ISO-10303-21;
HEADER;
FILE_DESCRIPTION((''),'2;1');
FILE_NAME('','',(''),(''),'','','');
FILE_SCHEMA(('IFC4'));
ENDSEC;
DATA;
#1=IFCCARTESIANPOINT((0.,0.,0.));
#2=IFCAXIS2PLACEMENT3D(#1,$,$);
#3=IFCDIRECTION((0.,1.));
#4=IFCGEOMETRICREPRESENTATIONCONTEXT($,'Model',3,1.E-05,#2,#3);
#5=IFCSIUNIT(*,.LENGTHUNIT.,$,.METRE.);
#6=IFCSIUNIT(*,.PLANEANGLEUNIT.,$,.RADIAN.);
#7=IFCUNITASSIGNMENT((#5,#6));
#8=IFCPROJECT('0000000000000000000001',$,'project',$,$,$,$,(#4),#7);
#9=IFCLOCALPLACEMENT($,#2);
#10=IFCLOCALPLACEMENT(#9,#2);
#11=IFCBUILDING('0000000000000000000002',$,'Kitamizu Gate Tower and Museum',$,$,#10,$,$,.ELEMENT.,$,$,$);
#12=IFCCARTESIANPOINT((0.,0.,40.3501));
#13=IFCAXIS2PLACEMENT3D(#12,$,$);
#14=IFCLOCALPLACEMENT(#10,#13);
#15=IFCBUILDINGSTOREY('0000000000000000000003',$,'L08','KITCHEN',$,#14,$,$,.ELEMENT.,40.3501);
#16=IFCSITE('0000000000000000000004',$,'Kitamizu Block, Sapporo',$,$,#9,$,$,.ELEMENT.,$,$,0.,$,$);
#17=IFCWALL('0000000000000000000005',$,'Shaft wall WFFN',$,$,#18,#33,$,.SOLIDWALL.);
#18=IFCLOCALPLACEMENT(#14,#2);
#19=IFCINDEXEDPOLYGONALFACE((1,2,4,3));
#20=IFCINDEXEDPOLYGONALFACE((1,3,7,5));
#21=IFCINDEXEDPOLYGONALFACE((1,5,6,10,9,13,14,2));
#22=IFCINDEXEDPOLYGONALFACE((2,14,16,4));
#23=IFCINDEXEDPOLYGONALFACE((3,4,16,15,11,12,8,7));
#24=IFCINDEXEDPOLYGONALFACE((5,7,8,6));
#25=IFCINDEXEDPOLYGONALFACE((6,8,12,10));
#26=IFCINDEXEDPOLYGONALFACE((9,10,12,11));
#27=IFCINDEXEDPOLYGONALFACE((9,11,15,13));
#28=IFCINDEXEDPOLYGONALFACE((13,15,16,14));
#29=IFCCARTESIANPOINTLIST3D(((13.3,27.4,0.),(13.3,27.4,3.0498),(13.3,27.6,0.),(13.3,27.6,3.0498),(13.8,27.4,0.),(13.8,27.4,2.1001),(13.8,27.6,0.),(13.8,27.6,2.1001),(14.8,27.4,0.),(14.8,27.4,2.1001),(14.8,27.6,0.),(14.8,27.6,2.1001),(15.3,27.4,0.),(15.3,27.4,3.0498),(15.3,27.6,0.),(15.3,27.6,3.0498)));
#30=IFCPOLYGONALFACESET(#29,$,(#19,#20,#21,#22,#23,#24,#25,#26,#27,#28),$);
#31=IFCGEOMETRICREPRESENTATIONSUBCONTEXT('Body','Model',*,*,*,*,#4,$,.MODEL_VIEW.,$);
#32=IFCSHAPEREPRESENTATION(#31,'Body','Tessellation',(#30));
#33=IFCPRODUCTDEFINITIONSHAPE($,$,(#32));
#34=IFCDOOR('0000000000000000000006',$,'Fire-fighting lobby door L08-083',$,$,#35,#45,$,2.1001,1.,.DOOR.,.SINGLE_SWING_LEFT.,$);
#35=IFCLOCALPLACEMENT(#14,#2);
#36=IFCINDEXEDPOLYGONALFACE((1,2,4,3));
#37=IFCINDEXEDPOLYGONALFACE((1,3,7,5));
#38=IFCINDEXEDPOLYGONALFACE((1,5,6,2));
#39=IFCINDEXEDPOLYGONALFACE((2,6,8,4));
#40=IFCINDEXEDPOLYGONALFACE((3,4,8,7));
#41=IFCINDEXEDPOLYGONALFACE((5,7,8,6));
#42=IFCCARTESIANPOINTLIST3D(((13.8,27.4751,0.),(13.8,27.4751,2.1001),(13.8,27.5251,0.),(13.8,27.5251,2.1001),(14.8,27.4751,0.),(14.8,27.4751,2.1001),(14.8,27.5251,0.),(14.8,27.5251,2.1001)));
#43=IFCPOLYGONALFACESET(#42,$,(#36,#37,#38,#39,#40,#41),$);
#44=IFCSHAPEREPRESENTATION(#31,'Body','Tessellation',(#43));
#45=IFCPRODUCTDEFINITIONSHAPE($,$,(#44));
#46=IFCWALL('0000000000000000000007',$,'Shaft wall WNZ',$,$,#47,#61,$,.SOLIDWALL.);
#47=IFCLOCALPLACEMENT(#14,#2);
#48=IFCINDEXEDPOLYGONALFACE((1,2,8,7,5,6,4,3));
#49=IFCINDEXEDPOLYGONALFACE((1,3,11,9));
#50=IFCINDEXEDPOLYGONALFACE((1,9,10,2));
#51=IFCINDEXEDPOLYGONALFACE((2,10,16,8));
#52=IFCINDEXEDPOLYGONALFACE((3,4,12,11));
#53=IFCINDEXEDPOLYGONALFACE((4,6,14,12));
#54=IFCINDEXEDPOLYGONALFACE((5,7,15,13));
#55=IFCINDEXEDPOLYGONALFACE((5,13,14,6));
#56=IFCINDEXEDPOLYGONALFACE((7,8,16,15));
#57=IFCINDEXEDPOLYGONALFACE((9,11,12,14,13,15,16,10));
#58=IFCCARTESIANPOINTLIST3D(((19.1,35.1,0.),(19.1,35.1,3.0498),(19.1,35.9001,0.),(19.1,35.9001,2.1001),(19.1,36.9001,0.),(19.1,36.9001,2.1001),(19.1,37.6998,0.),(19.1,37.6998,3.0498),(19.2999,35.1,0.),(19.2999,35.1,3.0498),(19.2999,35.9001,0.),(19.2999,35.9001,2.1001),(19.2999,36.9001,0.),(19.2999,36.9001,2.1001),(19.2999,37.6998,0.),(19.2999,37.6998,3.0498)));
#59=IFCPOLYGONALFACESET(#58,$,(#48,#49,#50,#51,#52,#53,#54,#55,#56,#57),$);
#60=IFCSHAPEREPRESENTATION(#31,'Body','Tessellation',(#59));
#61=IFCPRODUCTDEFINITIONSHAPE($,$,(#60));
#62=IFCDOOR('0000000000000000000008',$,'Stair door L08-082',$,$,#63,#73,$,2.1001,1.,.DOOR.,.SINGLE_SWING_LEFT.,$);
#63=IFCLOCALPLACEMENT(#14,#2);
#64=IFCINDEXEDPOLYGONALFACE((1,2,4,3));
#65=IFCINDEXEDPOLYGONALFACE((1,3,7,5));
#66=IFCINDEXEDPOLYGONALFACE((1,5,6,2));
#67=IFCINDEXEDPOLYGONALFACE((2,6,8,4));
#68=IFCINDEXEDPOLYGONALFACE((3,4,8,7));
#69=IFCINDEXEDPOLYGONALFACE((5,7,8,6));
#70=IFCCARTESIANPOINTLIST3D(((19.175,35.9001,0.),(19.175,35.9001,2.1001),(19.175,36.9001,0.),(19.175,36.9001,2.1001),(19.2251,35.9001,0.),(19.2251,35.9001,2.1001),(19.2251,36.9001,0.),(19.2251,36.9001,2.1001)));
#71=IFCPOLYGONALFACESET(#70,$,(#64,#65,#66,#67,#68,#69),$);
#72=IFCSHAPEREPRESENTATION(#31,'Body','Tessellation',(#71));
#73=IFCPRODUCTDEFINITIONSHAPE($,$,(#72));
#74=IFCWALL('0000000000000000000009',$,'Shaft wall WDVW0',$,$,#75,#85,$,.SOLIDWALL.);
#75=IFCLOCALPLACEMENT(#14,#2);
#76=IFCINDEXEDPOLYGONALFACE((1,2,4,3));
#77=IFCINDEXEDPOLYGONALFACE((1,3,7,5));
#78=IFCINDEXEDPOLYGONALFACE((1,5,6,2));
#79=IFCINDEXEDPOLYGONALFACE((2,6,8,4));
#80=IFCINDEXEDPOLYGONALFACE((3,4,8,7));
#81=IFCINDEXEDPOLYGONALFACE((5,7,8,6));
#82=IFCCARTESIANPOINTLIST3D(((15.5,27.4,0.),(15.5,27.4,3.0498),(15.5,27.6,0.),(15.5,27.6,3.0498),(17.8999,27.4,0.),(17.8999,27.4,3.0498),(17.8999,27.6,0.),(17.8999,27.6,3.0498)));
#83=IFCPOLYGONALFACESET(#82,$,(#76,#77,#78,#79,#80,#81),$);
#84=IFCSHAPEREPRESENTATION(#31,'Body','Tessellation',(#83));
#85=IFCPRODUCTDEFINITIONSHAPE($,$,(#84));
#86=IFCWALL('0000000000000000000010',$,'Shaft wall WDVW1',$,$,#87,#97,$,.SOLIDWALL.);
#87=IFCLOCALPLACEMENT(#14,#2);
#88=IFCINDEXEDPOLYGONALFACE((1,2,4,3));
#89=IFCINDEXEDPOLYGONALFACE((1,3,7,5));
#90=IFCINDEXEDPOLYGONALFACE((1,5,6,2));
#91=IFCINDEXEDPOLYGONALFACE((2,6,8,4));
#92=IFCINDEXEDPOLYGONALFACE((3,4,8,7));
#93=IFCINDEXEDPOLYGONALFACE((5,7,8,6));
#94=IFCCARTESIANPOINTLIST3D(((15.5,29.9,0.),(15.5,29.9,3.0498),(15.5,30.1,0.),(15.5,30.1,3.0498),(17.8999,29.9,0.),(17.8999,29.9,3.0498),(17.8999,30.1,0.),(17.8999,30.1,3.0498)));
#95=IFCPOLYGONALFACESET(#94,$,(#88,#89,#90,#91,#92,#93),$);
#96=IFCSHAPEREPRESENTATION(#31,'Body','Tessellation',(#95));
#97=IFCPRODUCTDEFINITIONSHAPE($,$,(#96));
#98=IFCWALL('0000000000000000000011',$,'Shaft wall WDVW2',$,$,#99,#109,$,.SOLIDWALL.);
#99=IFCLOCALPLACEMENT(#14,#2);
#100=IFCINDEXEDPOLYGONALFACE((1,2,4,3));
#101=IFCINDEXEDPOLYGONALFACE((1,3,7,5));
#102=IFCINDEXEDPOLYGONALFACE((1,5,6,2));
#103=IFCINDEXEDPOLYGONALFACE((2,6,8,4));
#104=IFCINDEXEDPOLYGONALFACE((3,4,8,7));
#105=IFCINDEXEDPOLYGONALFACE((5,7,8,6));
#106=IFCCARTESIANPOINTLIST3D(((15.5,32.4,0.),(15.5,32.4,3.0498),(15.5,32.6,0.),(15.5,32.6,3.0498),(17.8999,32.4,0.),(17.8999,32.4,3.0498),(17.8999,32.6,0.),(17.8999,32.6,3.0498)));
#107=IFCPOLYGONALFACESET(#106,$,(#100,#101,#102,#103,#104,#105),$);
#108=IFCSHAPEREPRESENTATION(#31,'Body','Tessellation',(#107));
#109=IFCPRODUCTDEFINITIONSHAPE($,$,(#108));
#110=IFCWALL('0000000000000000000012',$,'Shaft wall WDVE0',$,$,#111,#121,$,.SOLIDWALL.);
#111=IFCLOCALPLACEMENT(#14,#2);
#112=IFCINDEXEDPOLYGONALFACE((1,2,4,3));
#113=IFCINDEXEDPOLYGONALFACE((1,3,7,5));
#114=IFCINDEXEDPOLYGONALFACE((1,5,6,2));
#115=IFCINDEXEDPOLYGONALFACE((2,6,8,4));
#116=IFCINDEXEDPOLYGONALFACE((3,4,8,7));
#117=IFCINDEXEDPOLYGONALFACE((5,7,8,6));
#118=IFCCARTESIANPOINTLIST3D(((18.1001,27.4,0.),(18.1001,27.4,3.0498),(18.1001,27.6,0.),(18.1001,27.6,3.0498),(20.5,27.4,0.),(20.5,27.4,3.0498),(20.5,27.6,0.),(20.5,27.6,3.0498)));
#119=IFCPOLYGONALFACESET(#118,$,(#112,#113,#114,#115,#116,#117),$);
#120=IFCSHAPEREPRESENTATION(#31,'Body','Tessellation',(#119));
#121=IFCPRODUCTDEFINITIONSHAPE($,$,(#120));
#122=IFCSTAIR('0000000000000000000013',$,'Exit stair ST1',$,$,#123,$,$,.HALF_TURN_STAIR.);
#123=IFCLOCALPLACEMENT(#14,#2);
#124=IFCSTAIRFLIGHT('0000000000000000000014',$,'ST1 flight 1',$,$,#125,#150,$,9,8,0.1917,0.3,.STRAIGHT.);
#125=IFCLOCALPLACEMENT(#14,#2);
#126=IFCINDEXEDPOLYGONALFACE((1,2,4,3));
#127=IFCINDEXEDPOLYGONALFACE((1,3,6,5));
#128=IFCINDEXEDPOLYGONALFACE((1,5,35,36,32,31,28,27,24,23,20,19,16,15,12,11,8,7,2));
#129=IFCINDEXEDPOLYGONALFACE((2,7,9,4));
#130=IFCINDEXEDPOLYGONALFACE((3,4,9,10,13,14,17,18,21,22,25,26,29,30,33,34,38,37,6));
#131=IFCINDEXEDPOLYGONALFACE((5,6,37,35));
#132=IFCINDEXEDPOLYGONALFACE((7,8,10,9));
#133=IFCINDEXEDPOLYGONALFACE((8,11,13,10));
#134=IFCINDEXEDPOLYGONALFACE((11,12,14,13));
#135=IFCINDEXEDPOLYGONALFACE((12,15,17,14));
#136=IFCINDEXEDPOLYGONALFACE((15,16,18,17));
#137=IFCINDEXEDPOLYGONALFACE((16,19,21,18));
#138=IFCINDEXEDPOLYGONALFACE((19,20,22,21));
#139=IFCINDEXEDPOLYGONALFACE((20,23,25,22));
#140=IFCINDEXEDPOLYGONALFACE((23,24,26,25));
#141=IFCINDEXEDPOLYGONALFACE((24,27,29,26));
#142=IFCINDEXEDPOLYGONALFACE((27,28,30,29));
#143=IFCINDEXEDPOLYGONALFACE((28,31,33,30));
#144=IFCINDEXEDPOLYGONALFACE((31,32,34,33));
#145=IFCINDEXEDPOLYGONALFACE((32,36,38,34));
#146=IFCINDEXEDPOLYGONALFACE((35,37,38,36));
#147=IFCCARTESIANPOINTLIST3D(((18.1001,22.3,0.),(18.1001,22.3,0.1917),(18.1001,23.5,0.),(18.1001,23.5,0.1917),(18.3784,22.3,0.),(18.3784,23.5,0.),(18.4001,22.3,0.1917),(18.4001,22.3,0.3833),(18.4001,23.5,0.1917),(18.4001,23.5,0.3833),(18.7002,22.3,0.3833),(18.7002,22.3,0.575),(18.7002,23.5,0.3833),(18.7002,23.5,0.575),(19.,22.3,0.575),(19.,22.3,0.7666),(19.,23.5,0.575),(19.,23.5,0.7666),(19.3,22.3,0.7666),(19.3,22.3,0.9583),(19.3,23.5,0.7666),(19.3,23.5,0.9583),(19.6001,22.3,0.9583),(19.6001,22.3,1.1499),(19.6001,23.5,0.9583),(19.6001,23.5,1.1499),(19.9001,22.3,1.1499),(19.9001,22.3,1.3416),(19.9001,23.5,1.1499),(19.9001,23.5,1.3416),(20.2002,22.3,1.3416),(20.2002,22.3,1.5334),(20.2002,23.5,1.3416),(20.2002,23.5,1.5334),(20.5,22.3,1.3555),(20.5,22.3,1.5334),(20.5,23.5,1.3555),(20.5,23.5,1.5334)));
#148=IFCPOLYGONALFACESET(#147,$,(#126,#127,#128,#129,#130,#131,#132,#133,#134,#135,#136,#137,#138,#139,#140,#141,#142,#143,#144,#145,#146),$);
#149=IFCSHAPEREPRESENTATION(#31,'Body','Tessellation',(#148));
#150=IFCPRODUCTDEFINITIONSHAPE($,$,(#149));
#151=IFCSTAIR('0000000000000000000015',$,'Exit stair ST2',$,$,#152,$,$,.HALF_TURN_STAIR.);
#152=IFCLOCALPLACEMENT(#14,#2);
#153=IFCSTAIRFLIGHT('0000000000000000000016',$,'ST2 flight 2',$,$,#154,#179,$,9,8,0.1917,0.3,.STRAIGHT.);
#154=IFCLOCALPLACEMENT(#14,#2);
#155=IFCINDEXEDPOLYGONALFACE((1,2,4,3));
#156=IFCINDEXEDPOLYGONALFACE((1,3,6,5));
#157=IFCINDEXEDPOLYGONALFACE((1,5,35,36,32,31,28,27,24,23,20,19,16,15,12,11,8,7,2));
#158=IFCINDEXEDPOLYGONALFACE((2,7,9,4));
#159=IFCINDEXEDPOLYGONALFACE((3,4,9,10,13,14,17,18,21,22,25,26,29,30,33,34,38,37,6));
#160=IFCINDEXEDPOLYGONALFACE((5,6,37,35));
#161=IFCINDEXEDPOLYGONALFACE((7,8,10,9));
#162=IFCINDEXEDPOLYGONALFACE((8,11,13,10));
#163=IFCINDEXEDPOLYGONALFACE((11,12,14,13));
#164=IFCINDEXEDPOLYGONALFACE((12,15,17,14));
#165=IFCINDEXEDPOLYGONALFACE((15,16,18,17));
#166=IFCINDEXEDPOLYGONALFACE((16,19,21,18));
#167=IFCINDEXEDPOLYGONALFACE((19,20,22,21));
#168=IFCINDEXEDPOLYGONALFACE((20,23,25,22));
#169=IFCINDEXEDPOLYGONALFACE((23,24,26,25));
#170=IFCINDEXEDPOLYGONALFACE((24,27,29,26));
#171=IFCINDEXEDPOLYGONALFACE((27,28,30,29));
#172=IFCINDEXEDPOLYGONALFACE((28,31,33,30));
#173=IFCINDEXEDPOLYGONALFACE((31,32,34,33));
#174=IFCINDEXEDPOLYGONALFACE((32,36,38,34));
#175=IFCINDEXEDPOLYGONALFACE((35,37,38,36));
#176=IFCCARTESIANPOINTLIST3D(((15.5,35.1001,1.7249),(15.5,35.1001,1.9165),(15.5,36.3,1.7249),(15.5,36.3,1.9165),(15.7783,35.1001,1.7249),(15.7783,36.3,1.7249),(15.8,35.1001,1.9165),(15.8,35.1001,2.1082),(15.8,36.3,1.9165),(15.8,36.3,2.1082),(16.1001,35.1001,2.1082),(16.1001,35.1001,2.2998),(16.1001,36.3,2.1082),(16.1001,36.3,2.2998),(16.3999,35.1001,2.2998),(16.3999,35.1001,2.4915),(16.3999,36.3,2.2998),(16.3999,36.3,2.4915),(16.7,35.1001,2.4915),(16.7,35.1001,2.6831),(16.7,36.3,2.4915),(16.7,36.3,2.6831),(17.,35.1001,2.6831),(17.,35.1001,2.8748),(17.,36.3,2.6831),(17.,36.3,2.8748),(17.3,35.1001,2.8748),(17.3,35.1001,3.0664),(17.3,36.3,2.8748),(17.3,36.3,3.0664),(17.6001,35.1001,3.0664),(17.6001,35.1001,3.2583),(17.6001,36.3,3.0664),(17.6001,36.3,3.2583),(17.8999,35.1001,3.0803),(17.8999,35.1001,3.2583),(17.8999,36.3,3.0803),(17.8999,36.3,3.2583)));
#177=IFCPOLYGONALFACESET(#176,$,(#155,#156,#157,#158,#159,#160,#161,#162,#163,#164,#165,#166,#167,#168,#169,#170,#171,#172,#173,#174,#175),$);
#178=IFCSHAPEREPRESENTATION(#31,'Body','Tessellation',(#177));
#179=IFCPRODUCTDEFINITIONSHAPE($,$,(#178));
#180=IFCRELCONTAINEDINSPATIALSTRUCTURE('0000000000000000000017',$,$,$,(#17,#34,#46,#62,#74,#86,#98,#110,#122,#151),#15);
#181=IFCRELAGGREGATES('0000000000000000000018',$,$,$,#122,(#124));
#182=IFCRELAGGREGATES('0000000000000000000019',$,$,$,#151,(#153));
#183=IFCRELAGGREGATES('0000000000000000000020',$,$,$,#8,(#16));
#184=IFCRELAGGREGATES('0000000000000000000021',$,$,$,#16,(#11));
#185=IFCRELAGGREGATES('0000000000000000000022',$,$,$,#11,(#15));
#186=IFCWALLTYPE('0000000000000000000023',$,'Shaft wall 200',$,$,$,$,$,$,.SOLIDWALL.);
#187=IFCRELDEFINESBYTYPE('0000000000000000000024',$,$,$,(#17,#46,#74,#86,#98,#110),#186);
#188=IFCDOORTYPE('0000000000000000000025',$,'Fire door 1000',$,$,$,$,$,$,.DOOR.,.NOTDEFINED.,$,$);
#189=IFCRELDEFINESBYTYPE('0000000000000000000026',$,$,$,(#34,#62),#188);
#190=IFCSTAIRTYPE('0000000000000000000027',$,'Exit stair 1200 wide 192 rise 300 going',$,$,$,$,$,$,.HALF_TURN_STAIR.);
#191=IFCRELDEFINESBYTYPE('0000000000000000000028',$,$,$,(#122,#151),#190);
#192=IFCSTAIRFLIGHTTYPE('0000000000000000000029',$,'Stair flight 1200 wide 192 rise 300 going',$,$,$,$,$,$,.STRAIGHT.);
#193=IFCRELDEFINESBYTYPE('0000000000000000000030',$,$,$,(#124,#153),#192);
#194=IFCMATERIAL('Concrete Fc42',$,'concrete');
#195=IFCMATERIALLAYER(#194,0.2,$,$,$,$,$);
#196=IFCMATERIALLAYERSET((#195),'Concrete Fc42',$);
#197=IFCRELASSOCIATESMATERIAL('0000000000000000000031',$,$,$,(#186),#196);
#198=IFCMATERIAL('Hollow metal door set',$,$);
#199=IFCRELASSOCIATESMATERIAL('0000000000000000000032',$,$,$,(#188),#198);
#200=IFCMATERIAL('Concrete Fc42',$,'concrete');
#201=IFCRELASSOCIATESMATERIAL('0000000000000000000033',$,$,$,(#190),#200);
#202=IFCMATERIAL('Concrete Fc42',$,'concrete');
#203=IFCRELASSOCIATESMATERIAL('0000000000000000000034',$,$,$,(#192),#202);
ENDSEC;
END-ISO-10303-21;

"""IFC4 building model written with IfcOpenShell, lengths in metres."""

from ifc_helpers import new_model, si_unit, direction, frame, frame_2d, origin, place, context, subcontext, project, spatial, polyline, rectangle, outline, extrude, material, layer, layer_set, type_object, element, fill, aggregate, save


model = new_model("IFC4")

# Units and contexts
model_context = context("Model", 3, precision=1e-05, world=origin(), true_north=direction((0.0, 1.0)))
body_context = subcontext(model_context, "Body", "Model", "MODEL_VIEW")
ifc_project = project(units=[si_unit("LENGTHUNIT", "METRE"), si_unit("PLANEANGLEUNIT", "RADIAN")], contexts=[model_context])

# Site, building, storey
site_placement = place(None, origin())
site = spatial("IfcSite", under=ifc_project, at=site_placement, Name="Kitamizu Block, Sapporo", CompositionType="ELEMENT", RefElevation=0.0)
building_placement = place(site_placement, origin())
building = spatial("IfcBuilding", under=site, at=building_placement, Name="Kitamizu Gate Tower and Museum", CompositionType="ELEMENT")
storey_placement = place(building_placement, frame((0.0, 0.0, 40.3501)))
storey = spatial("IfcBuildingStorey", under=building, at=storey_placement, Name="L08", Description="KITCHEN", CompositionType="ELEMENT", Elevation=40.3501)

# Shared definitions
ifc_material_1 = material(Name="Concrete Fc42", Category="concrete")
ifc_layer_1 = layer(ifc_material_1, 0.2)
ifc_layer_set_1 = layer_set([ifc_layer_1], Name="Concrete Fc42")
wall_type_1 = type_object("IfcWallType", Name="Shaft wall 200", PredefinedType="SOLIDWALL", material=ifc_layer_set_1)

# Walls, openings, doors
wall_1_placement = place(storey_placement, frame((13.3, 27.5, 0.0), z_axis=(0.0, 0.0, 1.0), x_axis=(1.0, 0.0, 0.0)))
wall_1 = element("IfcWall", 1, at=wall_1_placement, inside=storey, type_object=wall_type_1, Name="Shaft wall WFFN", PredefinedType="SOLIDWALL", context=body_context, shape_type="SweptSolid", body=[
    extrude(rectangle(XDim=2.0, YDim=0.2, at=frame_2d((1.0, 0.0))), origin(), (0.0, 0.0, 1.0), 3.0498),
])
opening_1_placement = place(wall_1_placement, frame((0.5, 0.0, 0.0)))
opening_1 = element("IfcOpeningElement", 2, at=opening_1_placement, cuts=wall_1, PredefinedType="OPENING", context=body_context, shape_type="SweptSolid", body=[
    extrude(rectangle(XDim=1.0, YDim=2.1001, at=frame_2d((0.5, 1.05))), frame((0.0, 0.1099, 0.0), z_axis=(0.0, -1.0, 0.0), x_axis=(1.0, 0.0, 0.0)), (0.0, 0.0, 1.0), 0.22),
])
ifc_material_2 = material(Name="Hollow metal door set")
door_type_1 = type_object("IfcDoorType", Name="Fire door 1000", OperationType="NOTDEFINED", PredefinedType="DOOR", material=ifc_material_2)
door_1_placement = place(opening_1_placement, frame((1.0, 0.0, 0.0), x_axis=(-1.0, 0.0, 0.0)))
door_1 = element("IfcDoor", 3, at=door_1_placement, inside=storey, type_object=door_type_1, Name="Fire-fighting lobby door L08-083", OperationType="SINGLE_SWING_LEFT", OverallHeight=2.1001, OverallWidth=1.0, PredefinedType="DOOR", context=body_context, shape_type="SweptSolid", body=[
    extrude(rectangle(XDim=1.0, YDim=2.1001, at=frame_2d((0.5, 1.05))), frame((0.0, 0.0249, 0.0), z_axis=(0.0, -1.0, 0.0), x_axis=(1.0, 0.0, 0.0)), (0.0, 0.0, 1.0), 0.05),
])
fill(opening_1, door_1)
wall_2_placement = place(storey_placement, frame((19.2, 35.1001, 0.0), z_axis=(0.0, 0.0, 1.0), x_axis=(0.0, 1.0, 0.0)))
wall_2 = element("IfcWall", 4, at=wall_2_placement, inside=storey, type_object=wall_type_1, Name="Shaft wall WNZ", PredefinedType="SOLIDWALL", context=body_context, shape_type="SweptSolid", body=[
    extrude(rectangle(XDim=2.5999, YDim=0.2, at=frame_2d((1.2998, 0.0))), origin(), (0.0, 0.0, 1.0), 3.0498),
])
opening_2_placement = place(wall_2_placement, frame((0.8, 0.0, 0.0)))
opening_2 = element("IfcOpeningElement", 5, at=opening_2_placement, cuts=wall_2, PredefinedType="OPENING", context=body_context, shape_type="SweptSolid", body=[
    extrude(rectangle(XDim=1.0, YDim=2.1001, at=frame_2d((0.5, 1.05))), frame((0.0, 0.1099, 0.0), z_axis=(0.0, -1.0, 0.0), x_axis=(1.0, 0.0, 0.0)), (0.0, 0.0, 1.0), 0.22),
])
door_2_placement = place(opening_2_placement, origin())
door_2 = element("IfcDoor", 6, at=door_2_placement, inside=storey, type_object=door_type_1, Name="Stair door L08-082", OperationType="SINGLE_SWING_LEFT", OverallHeight=2.1001, OverallWidth=1.0, PredefinedType="DOOR", context=body_context, shape_type="SweptSolid", body=[
    extrude(rectangle(XDim=1.0, YDim=2.1001, at=frame_2d((0.5, 1.05))), frame((0.0, 0.0249, 0.0), z_axis=(0.0, -1.0, 0.0), x_axis=(1.0, 0.0, 0.0)), (0.0, 0.0, 1.0), 0.05),
])
fill(opening_2, door_2)

# Walls
for number, where, z_axis, x_axis, name in (
    (7, (15.5, 27.5, 0.0), (0.0, 0.0, 1.0), (1.0, 0.0, 0.0), "Shaft wall WDVW0"),
    (8, (15.5, 30.0, 0.0), (0.0, 0.0, 1.0), (1.0, 0.0, 0.0), "Shaft wall WDVW1"),
    (9, (15.5, 32.5, 0.0), (0.0, 0.0, 1.0), (1.0, 0.0, 0.0), "Shaft wall WDVW2"),
    (10, (18.1001, 27.5, 0.0), (0.0, 0.0, 1.0), (1.0, 0.0, 0.0), "Shaft wall WDVE0"),
):
    element("IfcWall", number, at=place(storey_placement, frame(where, z_axis=z_axis, x_axis=x_axis)), inside=storey, type_object=wall_type_1, Name=name, PredefinedType="SOLIDWALL", context=body_context, shape_type="SweptSolid", body=[
        extrude(rectangle(XDim=2.3999, YDim=0.2, at=frame_2d((1.2, 0.0))), origin(), (0.0, 0.0, 1.0), 3.0498),
    ])

# Stairs, stair flights
ifc_material_3 = material(Name="Concrete Fc42", Category="concrete")
stair_type = type_object("IfcStairType", Name="Exit stair 1200 wide 192 rise 300 going", PredefinedType="HALF_TURN_STAIR", material=ifc_material_3)
stair_1_placement = place(storey_placement, origin())
stair_1 = element("IfcStair", 11, at=stair_1_placement, inside=storey, type_object=stair_type, Name="Exit stair ST1", PredefinedType="HALF_TURN_STAIR")
ifc_material_4 = material(Name="Concrete Fc42", Category="concrete")
stair_flight_type = type_object("IfcStairFlightType", Name="Stair flight 1200 wide 192 rise 300 going", PredefinedType="STRAIGHT", material=ifc_material_4)
stair_flight_1_placement = place(storey_placement, frame((18.1001, 22.8999, 0.0), z_axis=(0.0, 0.0, 1.0), x_axis=(1.0, 0.0, 0.0)))
stair_flight_1 = element("IfcStairFlight", 12, at=stair_flight_1_placement, type_object=stair_flight_type, Name="ST1 flight 1", NumberOfRisers=9, NumberOfTreads=8, PredefinedType="STRAIGHT", RiserHeight=0.1917, TreadLength=0.3, context=body_context, shape_type="SweptSolid", body=[
    extrude(outline(polyline([(0.0, 0.0), (0.0, 0.1917), (0.3, 0.1917), (0.3, 0.3833), (0.6001, 0.3833), (0.6001, 0.575), (0.8999, 0.575), (0.8999, 0.7666), (1.2, 0.7666), (1.2, 0.9583), (1.5, 0.9583), (1.5, 1.1499), (1.8, 1.1499), (1.8, 1.3416), (2.1001, 1.3416), (2.1001, 1.5334), (2.3999, 1.5334), (2.3999, 1.7251), (2.3999, 1.3555), (0.2783, 0.0), (0.0, 0.0)])), frame((0.0, 0.6001, 0.0), z_axis=(0.0, -1.0, 0.0), x_axis=(1.0, 0.0, 0.0)), (0.0, 0.0, 1.0), 1.2),
])
aggregate(stair_1, [stair_flight_1])
stair_2_placement = place(storey_placement, origin())
stair_2 = element("IfcStair", 13, at=stair_2_placement, inside=storey, type_object=stair_type, Name="Exit stair ST2", PredefinedType="HALF_TURN_STAIR")
stair_flight_2_placement = place(storey_placement, frame((15.5, 35.7, 1.7249), z_axis=(0.0, 0.0, 1.0), x_axis=(1.0, 0.0, 0.0)))
stair_flight_2 = element("IfcStairFlight", 14, at=stair_flight_2_placement, type_object=stair_flight_type, Name="ST2 flight 2", NumberOfRisers=9, NumberOfTreads=8, PredefinedType="STRAIGHT", RiserHeight=0.1917, TreadLength=0.3, context=body_context, shape_type="SweptSolid", body=[
    extrude(outline(polyline([(0.0, 0.0), (0.0, 0.1917), (0.3, 0.1917), (0.3, 0.3833), (0.6001, 0.3833), (0.6001, 0.575), (0.8999, 0.575), (0.8999, 0.7666), (1.2, 0.7666), (1.2, 0.9583), (1.5, 0.9583), (1.5, 1.1499), (1.8, 1.1499), (1.8, 1.3416), (2.1001, 1.3416), (2.1001, 1.5334), (2.3999, 1.5334), (2.3999, 1.7251), (2.3999, 1.3555), (0.2783, 0.0), (0.0, 0.0)])), frame((0.0, 0.6001, 0.0), z_axis=(0.0, -1.0, 0.0), x_axis=(1.0, 0.0, 0.0)), (0.0, 0.0, 1.0), 1.2),
])
aggregate(stair_2, [stair_flight_2])

save(model, "model.ifc")
